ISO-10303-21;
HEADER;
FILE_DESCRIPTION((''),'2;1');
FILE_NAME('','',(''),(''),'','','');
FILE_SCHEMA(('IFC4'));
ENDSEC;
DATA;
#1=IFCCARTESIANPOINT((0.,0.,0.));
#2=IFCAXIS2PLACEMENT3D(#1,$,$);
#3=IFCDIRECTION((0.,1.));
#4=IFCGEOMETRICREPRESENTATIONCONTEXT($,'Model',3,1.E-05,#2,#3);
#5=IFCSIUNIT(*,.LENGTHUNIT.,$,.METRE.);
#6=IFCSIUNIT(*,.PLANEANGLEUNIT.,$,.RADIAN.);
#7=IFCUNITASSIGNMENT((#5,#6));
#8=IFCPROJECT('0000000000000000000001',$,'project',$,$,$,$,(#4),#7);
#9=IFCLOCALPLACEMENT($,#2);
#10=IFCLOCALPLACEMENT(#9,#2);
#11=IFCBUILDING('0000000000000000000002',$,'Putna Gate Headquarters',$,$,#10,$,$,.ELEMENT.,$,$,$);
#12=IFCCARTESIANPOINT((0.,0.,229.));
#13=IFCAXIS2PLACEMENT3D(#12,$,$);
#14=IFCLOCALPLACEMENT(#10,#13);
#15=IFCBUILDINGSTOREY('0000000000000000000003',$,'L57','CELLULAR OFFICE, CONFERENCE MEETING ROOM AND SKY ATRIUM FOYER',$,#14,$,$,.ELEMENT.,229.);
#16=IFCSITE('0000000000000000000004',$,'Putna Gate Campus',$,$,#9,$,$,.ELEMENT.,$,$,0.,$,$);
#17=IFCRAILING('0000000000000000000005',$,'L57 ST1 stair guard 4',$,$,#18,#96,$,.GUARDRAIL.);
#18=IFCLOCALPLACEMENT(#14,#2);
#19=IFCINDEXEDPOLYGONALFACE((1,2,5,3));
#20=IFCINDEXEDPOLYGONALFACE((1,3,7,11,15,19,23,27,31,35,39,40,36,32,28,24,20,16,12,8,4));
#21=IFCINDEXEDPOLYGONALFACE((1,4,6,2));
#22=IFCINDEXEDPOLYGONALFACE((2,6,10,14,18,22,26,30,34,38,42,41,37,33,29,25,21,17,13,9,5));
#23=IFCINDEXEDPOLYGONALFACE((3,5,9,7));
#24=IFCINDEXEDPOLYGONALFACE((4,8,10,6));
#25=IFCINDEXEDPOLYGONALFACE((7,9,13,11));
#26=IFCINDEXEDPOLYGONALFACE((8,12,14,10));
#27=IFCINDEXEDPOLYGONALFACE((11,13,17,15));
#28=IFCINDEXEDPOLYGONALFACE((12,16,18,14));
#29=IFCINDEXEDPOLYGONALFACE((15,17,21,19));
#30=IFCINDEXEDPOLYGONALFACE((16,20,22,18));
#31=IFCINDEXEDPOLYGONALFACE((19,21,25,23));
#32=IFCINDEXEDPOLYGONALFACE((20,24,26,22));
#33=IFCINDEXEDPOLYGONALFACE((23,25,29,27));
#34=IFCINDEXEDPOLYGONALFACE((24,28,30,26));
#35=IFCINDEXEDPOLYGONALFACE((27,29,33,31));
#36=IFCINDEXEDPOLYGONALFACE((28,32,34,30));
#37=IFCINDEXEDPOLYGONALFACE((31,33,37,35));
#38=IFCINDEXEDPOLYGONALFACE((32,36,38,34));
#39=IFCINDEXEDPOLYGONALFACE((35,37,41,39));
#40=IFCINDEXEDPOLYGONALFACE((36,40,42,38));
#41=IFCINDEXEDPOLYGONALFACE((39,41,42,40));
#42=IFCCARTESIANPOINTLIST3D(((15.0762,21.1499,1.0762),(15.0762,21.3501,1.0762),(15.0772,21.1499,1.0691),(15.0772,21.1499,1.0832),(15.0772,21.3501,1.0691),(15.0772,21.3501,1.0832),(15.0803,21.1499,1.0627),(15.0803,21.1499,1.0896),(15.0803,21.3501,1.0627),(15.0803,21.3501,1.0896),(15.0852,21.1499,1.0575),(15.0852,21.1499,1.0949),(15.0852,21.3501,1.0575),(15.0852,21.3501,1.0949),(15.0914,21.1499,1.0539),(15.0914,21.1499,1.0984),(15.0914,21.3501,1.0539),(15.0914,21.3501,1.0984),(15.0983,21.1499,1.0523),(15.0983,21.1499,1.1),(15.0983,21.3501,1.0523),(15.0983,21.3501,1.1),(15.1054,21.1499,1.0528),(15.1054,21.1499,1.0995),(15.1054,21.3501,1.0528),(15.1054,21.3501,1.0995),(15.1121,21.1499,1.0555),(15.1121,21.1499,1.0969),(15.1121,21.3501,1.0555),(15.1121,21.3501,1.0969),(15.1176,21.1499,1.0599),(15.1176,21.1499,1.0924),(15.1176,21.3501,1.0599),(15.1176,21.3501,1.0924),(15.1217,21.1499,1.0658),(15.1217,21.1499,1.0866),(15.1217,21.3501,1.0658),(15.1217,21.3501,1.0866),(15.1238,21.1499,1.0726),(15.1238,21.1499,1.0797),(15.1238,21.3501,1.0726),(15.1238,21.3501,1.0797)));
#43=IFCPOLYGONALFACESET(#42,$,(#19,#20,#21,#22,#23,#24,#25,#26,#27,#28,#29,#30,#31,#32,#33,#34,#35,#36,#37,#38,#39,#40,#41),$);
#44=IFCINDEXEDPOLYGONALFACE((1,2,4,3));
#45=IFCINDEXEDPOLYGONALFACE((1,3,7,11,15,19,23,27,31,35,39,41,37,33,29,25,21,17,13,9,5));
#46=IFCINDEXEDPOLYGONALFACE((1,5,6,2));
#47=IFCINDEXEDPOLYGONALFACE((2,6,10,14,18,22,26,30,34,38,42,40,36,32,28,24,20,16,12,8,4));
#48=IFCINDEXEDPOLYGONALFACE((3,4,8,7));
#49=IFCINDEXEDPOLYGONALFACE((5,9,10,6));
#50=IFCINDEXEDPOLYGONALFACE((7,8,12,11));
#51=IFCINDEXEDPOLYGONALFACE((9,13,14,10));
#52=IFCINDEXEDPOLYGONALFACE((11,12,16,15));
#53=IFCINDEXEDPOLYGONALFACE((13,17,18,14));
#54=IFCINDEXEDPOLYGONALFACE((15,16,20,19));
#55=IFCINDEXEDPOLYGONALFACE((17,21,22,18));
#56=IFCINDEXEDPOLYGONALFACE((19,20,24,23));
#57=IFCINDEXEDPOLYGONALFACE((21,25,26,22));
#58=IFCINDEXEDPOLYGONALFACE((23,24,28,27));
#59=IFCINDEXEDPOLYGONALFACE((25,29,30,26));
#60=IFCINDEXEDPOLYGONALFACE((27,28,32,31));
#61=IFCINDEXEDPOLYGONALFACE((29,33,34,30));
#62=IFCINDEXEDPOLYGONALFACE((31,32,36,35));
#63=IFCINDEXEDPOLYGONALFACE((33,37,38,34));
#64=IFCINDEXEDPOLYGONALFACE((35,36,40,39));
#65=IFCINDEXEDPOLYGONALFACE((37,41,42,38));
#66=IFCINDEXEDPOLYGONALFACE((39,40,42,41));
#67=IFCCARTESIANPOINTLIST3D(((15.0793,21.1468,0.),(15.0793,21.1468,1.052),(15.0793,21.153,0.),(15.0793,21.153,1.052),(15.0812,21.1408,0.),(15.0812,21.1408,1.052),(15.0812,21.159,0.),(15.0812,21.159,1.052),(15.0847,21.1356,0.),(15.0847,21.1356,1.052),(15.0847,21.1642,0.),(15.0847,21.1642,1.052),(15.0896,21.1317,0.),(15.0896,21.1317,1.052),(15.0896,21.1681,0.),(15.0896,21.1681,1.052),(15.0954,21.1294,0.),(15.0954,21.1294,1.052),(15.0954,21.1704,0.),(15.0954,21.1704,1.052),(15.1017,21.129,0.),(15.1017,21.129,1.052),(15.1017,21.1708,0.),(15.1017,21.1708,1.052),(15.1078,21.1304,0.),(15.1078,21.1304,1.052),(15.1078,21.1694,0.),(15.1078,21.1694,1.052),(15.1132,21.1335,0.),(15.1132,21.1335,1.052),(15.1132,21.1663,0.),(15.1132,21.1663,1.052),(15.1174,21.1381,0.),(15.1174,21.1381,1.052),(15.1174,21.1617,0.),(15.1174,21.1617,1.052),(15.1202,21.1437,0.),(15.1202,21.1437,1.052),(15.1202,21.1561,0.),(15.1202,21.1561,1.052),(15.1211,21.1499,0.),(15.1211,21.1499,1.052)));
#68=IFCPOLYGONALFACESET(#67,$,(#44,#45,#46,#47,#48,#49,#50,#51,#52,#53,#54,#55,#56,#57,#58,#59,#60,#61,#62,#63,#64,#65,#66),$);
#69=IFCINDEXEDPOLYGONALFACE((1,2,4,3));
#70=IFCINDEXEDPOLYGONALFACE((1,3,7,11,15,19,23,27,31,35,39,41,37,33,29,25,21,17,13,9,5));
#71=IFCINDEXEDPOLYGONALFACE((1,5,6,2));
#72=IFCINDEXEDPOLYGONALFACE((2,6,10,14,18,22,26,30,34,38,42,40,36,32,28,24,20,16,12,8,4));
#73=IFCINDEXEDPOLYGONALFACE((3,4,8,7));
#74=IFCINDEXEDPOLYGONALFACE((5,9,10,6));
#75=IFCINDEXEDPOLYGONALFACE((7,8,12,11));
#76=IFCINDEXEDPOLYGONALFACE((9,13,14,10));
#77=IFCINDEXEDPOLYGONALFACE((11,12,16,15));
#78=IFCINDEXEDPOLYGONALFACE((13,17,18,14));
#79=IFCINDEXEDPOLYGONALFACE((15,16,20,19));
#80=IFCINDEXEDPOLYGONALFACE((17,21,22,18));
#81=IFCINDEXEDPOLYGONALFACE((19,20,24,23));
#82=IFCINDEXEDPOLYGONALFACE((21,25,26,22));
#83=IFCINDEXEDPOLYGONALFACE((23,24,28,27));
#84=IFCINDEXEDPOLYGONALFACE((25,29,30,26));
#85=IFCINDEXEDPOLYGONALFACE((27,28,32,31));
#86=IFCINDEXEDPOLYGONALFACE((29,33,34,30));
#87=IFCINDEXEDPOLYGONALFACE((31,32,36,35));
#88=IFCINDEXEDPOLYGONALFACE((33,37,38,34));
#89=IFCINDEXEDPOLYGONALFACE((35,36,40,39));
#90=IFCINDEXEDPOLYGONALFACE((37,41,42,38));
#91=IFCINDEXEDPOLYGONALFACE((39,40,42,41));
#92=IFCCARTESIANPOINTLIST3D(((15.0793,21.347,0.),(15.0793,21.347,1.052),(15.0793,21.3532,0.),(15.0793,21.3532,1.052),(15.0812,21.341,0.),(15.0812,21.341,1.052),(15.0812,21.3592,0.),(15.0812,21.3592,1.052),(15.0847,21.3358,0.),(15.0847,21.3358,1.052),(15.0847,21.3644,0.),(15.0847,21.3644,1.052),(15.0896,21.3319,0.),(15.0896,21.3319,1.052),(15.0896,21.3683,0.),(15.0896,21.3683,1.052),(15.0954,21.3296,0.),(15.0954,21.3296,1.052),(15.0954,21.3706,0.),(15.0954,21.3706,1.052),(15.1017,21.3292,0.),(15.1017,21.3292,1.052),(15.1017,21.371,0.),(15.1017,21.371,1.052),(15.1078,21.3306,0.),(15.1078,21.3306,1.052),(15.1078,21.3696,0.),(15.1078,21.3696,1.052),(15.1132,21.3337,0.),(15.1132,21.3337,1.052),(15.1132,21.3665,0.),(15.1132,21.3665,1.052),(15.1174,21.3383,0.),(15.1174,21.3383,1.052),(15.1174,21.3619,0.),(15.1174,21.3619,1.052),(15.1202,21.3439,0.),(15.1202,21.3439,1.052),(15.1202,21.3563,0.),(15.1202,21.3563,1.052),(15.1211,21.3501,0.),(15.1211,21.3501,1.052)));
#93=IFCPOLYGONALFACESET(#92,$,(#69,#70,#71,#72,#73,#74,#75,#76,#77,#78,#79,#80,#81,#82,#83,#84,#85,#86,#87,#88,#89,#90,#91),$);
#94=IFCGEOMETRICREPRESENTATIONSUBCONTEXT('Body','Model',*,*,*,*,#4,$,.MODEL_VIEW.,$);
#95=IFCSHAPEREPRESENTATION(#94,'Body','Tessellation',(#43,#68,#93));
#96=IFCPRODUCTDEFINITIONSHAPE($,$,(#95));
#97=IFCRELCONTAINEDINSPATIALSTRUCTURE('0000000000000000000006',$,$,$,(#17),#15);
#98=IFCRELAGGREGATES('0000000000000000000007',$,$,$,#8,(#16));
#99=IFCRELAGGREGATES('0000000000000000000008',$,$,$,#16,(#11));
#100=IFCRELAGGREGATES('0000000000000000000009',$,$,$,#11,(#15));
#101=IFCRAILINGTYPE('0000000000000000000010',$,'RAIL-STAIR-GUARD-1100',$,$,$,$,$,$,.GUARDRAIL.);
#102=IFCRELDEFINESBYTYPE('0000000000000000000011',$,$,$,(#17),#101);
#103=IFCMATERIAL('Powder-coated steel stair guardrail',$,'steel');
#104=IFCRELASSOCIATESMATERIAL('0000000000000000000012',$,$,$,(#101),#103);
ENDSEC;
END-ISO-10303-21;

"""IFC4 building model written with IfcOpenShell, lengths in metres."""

from ifc_helpers import new_model, si_unit, direction, frame, origin, origin_2d, place, context, subcontext, project, spatial, circle, extrude, material, type_object, element, save


model = new_model("IFC4")

# Units and contexts
model_context = context("Model", 3, precision=1e-05, world=origin(), true_north=direction((0.0, 1.0)))
body_context = subcontext(model_context, "Body", "Model", "MODEL_VIEW")
ifc_project = project(units=[si_unit("LENGTHUNIT", "METRE"), si_unit("PLANEANGLEUNIT", "RADIAN")], contexts=[model_context])

# Site, building, storey
site_placement = place(None, origin())
site = spatial("IfcSite", under=ifc_project, at=site_placement, Name="Putna Gate Campus", CompositionType="ELEMENT", RefElevation=0.0)
building_placement = place(site_placement, origin())
building = spatial("IfcBuilding", under=site, at=building_placement, Name="Putna Gate Headquarters", CompositionType="ELEMENT")
storey_placement = place(building_placement, frame((0.0, 0.0, 229.0)))
storey = spatial("IfcBuildingStorey", under=building, at=storey_placement, Name="L57", Description="CELLULAR OFFICE, CONFERENCE MEETING ROOM AND SKY ATRIUM FOYER", CompositionType="ELEMENT", Elevation=229.0)

# Railing
ifc_material_1 = material(Name="Powder-coated steel stair guardrail", Category="steel")
railing_type_1 = type_object("IfcRailingType", Name="RAIL-STAIR-GUARD-1100", PredefinedType="GUARDRAIL", material=ifc_material_1)
railing_1_placement = place(storey_placement, frame((15.1001, 21.1499, 0.0)))
element("IfcRailing", 1, at=railing_1_placement, inside=storey, type_object=railing_type_1, Name="L57 ST1 stair guard 4", PredefinedType="GUARDRAIL", context=body_context, shape_type="SweptSolid", body=[
    extrude(circle(Radius=0.0239, at=origin_2d()), frame((0.0, 0.0, 1.0762), z_axis=(0.0, 1.0, 0.0), x_axis=(-1.0, 0.0, 0.0)), (0.0, 0.0, 1.0), 0.2002),
    extrude(circle(Radius=0.021, at=origin_2d()), origin(), (0.0, 0.0, 1.0), 1.052),
    extrude(circle(Radius=0.021, at=origin_2d()), frame((0.0, 0.2002, 0.0)), (0.0, 0.0, 1.0), 1.052),
])

save(model, "model.ifc")
